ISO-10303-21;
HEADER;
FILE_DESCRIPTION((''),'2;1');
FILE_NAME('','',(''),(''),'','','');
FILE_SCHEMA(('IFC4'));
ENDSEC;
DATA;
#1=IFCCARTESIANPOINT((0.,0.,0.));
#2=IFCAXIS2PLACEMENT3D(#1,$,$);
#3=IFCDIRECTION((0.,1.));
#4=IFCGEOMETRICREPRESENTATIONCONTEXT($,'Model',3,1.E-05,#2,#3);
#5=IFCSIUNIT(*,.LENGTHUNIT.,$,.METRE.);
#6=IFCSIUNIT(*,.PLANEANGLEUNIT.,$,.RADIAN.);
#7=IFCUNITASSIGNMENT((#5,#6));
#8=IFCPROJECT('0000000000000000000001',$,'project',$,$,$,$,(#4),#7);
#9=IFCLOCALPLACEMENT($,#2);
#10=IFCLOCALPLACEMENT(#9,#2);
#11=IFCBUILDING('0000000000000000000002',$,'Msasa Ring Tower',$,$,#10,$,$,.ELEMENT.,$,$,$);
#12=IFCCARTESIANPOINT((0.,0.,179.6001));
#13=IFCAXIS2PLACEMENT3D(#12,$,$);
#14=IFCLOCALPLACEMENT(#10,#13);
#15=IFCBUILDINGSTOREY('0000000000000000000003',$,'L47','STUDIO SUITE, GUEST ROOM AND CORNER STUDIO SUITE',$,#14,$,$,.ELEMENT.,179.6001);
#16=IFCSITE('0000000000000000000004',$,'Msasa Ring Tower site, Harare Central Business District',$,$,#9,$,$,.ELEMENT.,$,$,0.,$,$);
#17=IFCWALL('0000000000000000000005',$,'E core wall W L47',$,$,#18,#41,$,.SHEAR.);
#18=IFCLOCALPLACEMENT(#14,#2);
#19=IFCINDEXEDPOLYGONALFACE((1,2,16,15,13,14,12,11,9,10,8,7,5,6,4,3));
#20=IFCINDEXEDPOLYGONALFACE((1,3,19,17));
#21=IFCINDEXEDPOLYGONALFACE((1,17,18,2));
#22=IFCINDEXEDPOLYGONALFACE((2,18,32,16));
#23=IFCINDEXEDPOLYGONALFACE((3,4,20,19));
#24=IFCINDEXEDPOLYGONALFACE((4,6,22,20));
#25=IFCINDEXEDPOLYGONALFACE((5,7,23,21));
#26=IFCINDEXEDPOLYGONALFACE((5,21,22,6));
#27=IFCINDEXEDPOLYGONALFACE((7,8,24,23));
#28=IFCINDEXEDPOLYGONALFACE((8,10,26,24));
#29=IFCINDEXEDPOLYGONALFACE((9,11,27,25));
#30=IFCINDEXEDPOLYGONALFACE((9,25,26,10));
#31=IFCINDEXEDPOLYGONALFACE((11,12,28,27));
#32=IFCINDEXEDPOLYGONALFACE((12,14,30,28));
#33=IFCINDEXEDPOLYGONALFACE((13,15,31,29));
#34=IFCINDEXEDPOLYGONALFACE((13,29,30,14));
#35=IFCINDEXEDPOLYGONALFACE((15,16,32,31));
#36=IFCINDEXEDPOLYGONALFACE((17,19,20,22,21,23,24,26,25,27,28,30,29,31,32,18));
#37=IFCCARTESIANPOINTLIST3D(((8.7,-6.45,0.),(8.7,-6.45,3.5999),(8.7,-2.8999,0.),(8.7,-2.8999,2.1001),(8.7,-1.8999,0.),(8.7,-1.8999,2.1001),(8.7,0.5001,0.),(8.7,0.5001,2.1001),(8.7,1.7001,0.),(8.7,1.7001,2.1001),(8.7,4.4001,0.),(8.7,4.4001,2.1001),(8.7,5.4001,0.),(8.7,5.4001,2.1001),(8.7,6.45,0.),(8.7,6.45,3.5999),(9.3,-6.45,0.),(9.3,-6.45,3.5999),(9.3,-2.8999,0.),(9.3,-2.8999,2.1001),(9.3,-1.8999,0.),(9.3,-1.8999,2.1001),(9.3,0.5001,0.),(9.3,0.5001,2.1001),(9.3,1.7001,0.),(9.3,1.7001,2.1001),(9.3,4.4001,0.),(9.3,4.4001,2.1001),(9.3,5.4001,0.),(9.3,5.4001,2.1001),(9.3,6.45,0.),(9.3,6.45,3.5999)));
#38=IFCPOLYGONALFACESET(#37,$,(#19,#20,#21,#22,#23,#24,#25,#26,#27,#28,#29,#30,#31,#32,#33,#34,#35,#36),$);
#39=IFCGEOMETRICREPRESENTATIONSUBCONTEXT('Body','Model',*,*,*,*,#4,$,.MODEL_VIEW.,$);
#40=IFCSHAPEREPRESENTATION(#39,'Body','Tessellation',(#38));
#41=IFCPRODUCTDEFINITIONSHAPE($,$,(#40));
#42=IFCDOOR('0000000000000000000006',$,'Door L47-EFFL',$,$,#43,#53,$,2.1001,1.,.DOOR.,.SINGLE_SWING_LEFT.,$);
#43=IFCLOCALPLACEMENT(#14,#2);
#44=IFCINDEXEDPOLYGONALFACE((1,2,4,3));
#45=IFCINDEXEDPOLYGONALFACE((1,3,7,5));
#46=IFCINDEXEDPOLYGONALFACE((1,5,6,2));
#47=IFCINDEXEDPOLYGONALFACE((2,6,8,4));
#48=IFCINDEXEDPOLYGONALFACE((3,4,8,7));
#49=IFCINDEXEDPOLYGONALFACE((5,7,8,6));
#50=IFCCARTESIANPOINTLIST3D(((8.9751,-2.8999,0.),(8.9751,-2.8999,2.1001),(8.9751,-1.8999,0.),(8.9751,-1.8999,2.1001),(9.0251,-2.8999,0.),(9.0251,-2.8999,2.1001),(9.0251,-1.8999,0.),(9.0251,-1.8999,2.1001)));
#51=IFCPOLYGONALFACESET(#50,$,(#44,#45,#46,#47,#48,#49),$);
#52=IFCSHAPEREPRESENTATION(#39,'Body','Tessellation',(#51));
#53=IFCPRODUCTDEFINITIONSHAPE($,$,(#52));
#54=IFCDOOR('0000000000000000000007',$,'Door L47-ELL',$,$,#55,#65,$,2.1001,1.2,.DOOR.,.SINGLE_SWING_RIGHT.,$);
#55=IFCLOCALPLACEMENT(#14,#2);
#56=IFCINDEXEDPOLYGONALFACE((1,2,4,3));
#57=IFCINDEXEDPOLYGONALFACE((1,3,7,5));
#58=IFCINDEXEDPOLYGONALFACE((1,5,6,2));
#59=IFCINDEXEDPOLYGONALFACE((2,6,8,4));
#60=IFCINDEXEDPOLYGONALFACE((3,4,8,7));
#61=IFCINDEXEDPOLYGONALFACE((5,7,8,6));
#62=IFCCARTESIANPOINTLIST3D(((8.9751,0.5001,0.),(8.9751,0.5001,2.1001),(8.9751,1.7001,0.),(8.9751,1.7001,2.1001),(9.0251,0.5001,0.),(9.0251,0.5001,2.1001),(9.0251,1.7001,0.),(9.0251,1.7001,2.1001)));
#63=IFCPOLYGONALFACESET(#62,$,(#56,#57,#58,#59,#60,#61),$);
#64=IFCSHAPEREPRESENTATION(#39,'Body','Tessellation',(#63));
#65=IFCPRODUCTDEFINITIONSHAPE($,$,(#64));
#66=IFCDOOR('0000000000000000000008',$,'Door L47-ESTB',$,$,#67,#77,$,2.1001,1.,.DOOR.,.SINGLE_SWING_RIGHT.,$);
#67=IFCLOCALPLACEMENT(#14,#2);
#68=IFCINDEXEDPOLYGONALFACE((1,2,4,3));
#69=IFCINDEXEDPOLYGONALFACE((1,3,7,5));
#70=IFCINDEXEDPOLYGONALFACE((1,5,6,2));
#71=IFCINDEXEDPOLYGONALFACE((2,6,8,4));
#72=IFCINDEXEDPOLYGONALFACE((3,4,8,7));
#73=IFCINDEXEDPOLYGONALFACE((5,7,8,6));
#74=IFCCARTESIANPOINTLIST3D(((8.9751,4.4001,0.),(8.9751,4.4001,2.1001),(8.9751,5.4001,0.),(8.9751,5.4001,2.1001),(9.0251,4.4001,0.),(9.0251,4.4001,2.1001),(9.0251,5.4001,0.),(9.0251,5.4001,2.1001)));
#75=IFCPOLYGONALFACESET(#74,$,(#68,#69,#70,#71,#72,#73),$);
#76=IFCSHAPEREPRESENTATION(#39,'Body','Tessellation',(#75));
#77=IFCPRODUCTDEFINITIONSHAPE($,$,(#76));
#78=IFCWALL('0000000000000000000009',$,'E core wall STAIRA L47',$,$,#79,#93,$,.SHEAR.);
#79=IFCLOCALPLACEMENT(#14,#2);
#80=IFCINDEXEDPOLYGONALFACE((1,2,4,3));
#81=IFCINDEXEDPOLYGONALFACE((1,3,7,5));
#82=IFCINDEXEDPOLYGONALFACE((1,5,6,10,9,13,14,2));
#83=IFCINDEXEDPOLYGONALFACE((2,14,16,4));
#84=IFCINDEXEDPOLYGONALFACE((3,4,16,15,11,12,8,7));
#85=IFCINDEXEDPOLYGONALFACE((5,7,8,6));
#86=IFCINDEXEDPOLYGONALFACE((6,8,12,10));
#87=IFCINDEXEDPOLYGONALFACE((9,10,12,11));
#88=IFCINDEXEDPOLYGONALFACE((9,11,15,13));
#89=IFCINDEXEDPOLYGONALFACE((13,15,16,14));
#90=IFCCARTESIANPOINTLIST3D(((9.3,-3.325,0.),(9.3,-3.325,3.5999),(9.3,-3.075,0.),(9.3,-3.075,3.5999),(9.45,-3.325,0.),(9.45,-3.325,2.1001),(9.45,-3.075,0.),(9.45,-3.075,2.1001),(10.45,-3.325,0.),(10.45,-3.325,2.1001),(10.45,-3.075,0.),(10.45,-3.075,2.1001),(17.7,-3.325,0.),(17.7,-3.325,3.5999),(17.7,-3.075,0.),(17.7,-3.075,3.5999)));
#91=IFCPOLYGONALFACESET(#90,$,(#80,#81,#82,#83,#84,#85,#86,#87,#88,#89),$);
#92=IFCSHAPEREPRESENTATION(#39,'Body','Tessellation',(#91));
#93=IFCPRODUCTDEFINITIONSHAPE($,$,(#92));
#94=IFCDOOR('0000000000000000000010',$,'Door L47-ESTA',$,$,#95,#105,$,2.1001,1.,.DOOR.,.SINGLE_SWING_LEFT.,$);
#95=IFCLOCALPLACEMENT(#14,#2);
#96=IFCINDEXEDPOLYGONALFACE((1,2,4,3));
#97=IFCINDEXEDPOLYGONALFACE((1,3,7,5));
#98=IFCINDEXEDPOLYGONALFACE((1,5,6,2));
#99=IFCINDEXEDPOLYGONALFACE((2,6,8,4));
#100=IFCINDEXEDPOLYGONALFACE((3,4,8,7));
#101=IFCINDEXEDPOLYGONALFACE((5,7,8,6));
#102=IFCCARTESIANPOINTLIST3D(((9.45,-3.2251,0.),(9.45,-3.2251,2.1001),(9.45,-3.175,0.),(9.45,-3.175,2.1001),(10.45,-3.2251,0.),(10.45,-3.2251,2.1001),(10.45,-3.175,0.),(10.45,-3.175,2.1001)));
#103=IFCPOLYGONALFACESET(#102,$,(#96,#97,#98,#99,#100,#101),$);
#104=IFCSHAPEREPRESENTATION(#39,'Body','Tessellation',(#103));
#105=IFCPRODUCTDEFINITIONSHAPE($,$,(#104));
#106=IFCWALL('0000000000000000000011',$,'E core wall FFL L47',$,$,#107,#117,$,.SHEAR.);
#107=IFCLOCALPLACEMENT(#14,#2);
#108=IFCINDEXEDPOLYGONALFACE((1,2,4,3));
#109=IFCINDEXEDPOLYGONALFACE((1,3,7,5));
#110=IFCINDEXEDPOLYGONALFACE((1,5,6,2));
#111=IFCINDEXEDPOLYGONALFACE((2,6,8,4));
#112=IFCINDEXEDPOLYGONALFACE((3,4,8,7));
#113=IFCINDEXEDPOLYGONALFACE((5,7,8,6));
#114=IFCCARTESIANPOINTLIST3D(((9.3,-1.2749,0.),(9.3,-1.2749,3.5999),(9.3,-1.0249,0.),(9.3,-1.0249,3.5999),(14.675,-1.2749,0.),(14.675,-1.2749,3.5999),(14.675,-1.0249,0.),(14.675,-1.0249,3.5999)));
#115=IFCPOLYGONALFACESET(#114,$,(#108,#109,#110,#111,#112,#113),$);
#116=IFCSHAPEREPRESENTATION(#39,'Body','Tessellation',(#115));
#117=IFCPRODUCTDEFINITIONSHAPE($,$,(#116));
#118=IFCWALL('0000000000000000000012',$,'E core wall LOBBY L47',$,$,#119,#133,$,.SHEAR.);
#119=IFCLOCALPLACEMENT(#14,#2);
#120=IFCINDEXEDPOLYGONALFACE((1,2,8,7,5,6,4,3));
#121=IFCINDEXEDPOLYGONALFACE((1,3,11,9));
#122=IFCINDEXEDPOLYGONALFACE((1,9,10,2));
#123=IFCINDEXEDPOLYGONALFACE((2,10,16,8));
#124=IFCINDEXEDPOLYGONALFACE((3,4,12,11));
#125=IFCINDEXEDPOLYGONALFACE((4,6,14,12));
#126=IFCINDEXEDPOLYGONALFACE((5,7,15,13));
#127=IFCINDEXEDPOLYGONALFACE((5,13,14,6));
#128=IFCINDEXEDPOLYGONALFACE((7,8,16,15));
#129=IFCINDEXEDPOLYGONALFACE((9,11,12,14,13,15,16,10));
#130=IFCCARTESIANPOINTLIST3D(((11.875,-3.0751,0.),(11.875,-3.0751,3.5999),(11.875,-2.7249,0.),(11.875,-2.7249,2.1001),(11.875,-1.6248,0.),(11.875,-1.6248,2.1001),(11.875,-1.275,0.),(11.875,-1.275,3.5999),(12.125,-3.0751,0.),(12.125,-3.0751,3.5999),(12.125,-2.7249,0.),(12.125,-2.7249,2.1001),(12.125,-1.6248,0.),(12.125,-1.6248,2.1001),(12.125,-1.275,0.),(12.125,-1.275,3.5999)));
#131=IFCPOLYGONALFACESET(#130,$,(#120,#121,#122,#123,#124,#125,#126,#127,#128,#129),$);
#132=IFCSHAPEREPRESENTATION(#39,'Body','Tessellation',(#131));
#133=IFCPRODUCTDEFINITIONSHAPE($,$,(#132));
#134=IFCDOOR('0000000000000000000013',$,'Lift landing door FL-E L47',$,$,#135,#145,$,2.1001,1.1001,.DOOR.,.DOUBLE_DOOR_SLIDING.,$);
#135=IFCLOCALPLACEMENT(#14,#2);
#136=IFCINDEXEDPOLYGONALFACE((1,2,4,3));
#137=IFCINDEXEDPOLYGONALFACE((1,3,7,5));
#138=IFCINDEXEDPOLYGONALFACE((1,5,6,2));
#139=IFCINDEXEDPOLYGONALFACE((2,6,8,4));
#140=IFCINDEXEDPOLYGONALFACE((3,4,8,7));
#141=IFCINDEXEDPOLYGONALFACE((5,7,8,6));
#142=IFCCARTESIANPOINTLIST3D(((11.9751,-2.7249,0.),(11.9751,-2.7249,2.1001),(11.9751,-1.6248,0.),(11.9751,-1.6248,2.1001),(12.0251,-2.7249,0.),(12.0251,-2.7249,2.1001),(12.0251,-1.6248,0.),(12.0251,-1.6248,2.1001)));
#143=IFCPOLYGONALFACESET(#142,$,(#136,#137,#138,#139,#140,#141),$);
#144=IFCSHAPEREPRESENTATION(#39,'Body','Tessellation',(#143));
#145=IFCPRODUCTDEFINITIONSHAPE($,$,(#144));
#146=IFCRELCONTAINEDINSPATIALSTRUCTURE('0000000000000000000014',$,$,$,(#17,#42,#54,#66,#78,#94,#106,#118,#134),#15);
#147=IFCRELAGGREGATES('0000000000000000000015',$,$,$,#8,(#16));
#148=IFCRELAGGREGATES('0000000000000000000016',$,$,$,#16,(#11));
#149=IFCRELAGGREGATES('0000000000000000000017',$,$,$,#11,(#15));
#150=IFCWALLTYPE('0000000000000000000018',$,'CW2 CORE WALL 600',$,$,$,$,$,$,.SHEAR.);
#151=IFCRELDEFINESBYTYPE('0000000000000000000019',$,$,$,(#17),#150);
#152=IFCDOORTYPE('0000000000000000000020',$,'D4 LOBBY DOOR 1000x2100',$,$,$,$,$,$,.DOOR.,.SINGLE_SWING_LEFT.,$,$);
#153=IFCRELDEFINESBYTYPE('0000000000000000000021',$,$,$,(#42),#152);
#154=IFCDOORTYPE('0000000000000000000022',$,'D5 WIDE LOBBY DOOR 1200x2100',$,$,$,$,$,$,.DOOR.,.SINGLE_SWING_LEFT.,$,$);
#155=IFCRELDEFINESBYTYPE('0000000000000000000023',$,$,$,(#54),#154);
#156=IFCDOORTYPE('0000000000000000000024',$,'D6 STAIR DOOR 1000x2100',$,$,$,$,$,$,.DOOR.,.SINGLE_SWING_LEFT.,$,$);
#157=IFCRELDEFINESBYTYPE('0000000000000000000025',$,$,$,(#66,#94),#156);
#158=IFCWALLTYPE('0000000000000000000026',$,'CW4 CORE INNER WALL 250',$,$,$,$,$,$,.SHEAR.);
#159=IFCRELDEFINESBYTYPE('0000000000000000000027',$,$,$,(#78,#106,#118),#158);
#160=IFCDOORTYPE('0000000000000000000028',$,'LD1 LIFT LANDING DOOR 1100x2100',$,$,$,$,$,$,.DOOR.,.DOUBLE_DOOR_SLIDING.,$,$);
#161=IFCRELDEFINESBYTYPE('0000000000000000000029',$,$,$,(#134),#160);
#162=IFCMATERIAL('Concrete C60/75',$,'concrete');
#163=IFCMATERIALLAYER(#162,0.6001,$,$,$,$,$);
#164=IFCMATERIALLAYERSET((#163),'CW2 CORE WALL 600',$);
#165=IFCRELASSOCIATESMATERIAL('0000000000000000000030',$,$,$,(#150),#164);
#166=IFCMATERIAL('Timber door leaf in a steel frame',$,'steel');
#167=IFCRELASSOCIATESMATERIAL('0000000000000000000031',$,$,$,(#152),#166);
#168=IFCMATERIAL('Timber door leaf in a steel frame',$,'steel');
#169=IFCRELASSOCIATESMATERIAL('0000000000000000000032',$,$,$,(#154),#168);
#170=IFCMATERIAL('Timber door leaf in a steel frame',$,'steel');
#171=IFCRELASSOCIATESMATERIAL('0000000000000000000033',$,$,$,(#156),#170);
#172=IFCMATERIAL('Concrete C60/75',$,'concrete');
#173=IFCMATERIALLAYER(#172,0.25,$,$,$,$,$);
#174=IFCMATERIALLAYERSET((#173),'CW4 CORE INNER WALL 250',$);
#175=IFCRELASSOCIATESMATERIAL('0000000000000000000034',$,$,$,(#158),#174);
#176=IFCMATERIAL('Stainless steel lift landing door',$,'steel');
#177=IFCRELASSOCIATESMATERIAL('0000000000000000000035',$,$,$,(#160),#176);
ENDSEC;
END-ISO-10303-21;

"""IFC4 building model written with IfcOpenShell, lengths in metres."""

from ifc_helpers import new_model, si_unit, direction, frame, frame_2d, origin, place, context, subcontext, project, spatial, rectangle, extrude, material, layer, layer_set, type_object, element, fill, save


model = new_model("IFC4")

# Units and contexts
model_context = context("Model", 3, precision=1e-05, world=origin(), true_north=direction((0.0, 1.0)))
body_context = subcontext(model_context, "Body", "Model", "MODEL_VIEW")
ifc_project = project(units=[si_unit("LENGTHUNIT", "METRE"), si_unit("PLANEANGLEUNIT", "RADIAN")], contexts=[model_context])

# Site, building, storey
site_placement = place(None, origin())
site = spatial("IfcSite", under=ifc_project, at=site_placement, Name="Msasa Ring Tower site, Harare Central Business District", CompositionType="ELEMENT", RefElevation=0.0)
building_placement = place(site_placement, origin())
building = spatial("IfcBuilding", under=site, at=building_placement, Name="Msasa Ring Tower", CompositionType="ELEMENT")
storey_placement = place(building_placement, frame((0.0, 0.0, 179.6001)))
storey = spatial("IfcBuildingStorey", under=building, at=storey_placement, Name="L47", Description="STUDIO SUITE, GUEST ROOM AND CORNER STUDIO SUITE", CompositionType="ELEMENT", Elevation=179.6001)

# Shared definitions
ifc_material_1 = material(Name="Concrete C60/75", Category="concrete")
ifc_layer_1 = layer(ifc_material_1, 0.6001)
ifc_layer_set_1 = layer_set([ifc_layer_1], Name="CW2 CORE WALL 600")
wall_type_1 = type_object("IfcWallType", Name="CW2 CORE WALL 600", PredefinedType="SHEAR", material=ifc_layer_set_1)

# Wall, openings, doors
wall_1_placement = place(storey_placement, frame((9.0, -6.45, 0.0), z_axis=(0.0, 0.0, 1.0), x_axis=(0.0, 1.0, 0.0)))
wall_1 = element("IfcWall", 1, at=wall_1_placement, inside=storey, type_object=wall_type_1, Name="E core wall W L47", PredefinedType="SHEAR", context=body_context, shape_type="SweptSolid", body=[
    extrude(rectangle(XDim=12.8999, YDim=0.6001, at=frame_2d((6.45, 0.0))), origin(), (0.0, 0.0, 1.0), 3.5999),
])
opening_1_placement = place(wall_1_placement, frame((3.55, 0.0, 0.0)))
opening_1 = element("IfcOpeningElement", 2, at=opening_1_placement, cuts=wall_1, PredefinedType="OPENING", context=body_context, shape_type="SweptSolid", body=[
    extrude(rectangle(XDim=1.0, YDim=2.1001, at=frame_2d((0.5, 1.05))), frame((0.0, 0.3101, 0.0), z_axis=(0.0, -1.0, 0.0), x_axis=(1.0, 0.0, 0.0)), (0.0, 0.0, 1.0), 0.6201),
])
opening_2_placement = place(wall_1_placement, frame((6.95, 0.0, 0.0)))
opening_2 = element("IfcOpeningElement", 3, at=opening_2_placement, cuts=wall_1, PredefinedType="OPENING", context=body_context, shape_type="SweptSolid", body=[
    extrude(rectangle(XDim=1.2, YDim=2.1001, at=frame_2d((0.6001, 1.05))), frame((0.0, 0.3101, 0.0), z_axis=(0.0, -1.0, 0.0), x_axis=(1.0, 0.0, 0.0)), (0.0, 0.0, 1.0), 0.6201),
])
opening_3_placement = place(wall_1_placement, frame((10.8501, 0.0, 0.0)))
opening_3 = element("IfcOpeningElement", 4, at=opening_3_placement, cuts=wall_1, PredefinedType="OPENING", context=body_context, shape_type="SweptSolid", body=[
    extrude(rectangle(XDim=1.0, YDim=2.1001, at=frame_2d((0.5, 1.05))), frame((0.0, 0.3101, 0.0), z_axis=(0.0, -1.0, 0.0), x_axis=(1.0, 0.0, 0.0)), (0.0, 0.0, 1.0), 0.6201),
])
ifc_material_2 = material(Name="Timber door leaf in a steel frame", Category="steel")
door_type_1 = type_object("IfcDoorType", Name="D4 LOBBY DOOR 1000x2100", OperationType="SINGLE_SWING_LEFT", PredefinedType="DOOR", material=ifc_material_2)
door_1_placement = place(opening_1_placement, origin())
door_1 = element("IfcDoor", 5, at=door_1_placement, inside=storey, type_object=door_type_1, Name="Door L47-EFFL", OperationType="SINGLE_SWING_LEFT", OverallHeight=2.1001, OverallWidth=1.0, PredefinedType="DOOR", context=body_context, shape_type="SweptSolid", body=[
    extrude(rectangle(XDim=1.0, YDim=2.1001, at=frame_2d((0.5, 1.05))), frame((0.0, 0.0249, 0.0), z_axis=(0.0, -1.0, 0.0), x_axis=(1.0, 0.0, 0.0)), (0.0, 0.0, 1.0), 0.05),
])
fill(opening_1, door_1)
ifc_material_3 = material(Name="Timber door leaf in a steel frame", Category="steel")
door_type_2 = type_object("IfcDoorType", Name="D5 WIDE LOBBY DOOR 1200x2100", OperationType="SINGLE_SWING_LEFT", PredefinedType="DOOR", material=ifc_material_3)
door_2_placement = place(opening_2_placement, origin())
door_2 = element("IfcDoor", 6, at=door_2_placement, inside=storey, type_object=door_type_2, Name="Door L47-ELL", OperationType="SINGLE_SWING_RIGHT", OverallHeight=2.1001, OverallWidth=1.2, PredefinedType="DOOR", context=body_context, shape_type="SweptSolid", body=[
    extrude(rectangle(XDim=1.2, YDim=2.1001, at=frame_2d((0.6001, 1.05))), frame((0.0, 0.0249, 0.0), z_axis=(0.0, -1.0, 0.0), x_axis=(1.0, 0.0, 0.0)), (0.0, 0.0, 1.0), 0.05),
])
fill(opening_2, door_2)
ifc_material_4 = material(Name="Timber door leaf in a steel frame", Category="steel")
door_type_3 = type_object("IfcDoorType", Name="D6 STAIR DOOR 1000x2100", OperationType="SINGLE_SWING_LEFT", PredefinedType="DOOR", material=ifc_material_4)
door_3_placement = place(opening_3_placement, origin())
door_3 = element("IfcDoor", 7, at=door_3_placement, inside=storey, type_object=door_type_3, Name="Door L47-ESTB", OperationType="SINGLE_SWING_RIGHT", OverallHeight=2.1001, OverallWidth=1.0, PredefinedType="DOOR", context=body_context, shape_type="SweptSolid", body=[
    extrude(rectangle(XDim=1.0, YDim=2.1001, at=frame_2d((0.5, 1.05))), frame((0.0, 0.0249, 0.0), z_axis=(0.0, -1.0, 0.0), x_axis=(1.0, 0.0, 0.0)), (0.0, 0.0, 1.0), 0.05),
])
fill(opening_3, door_3)

# Wall, opening, door
ifc_material_5 = material(Name="Concrete C60/75", Category="concrete")
ifc_layer_2 = layer(ifc_material_5, 0.25)
ifc_layer_set_2 = layer_set([ifc_layer_2], Name="CW4 CORE INNER WALL 250")
wall_type_2 = type_object("IfcWallType", Name="CW4 CORE INNER WALL 250", PredefinedType="SHEAR", material=ifc_layer_set_2)
wall_2_placement = place(storey_placement, frame((9.3, -3.2, 0.0), z_axis=(0.0, 0.0, 1.0), x_axis=(1.0, 0.0, 0.0)))
wall_2 = element("IfcWall", 8, at=wall_2_placement, inside=storey, type_object=wall_type_2, Name="E core wall STAIRA L47", PredefinedType="SHEAR", context=body_context, shape_type="SweptSolid", body=[
    extrude(rectangle(XDim=8.3999, YDim=0.25, at=frame_2d((4.2, 0.0))), origin(), (0.0, 0.0, 1.0), 3.5999),
])
opening_4_placement = place(wall_2_placement, frame((0.1499, 0.0, 0.0)))
opening_4 = element("IfcOpeningElement", 9, at=opening_4_placement, cuts=wall_2, PredefinedType="OPENING", context=body_context, shape_type="SweptSolid", body=[
    extrude(rectangle(XDim=1.0, YDim=2.1001, at=frame_2d((0.5, 1.05))), frame((0.0, 0.135, 0.0), z_axis=(0.0, -1.0, 0.0), x_axis=(1.0, 0.0, 0.0)), (0.0, 0.0, 1.0), 0.27),
])
door_4_placement = place(opening_4_placement, origin())
door_4 = element("IfcDoor", 10, at=door_4_placement, inside=storey, type_object=door_type_3, Name="Door L47-ESTA", OperationType="SINGLE_SWING_LEFT", OverallHeight=2.1001, OverallWidth=1.0, PredefinedType="DOOR", context=body_context, shape_type="SweptSolid", body=[
    extrude(rectangle(XDim=1.0, YDim=2.1001, at=frame_2d((0.5, 1.05))), frame((0.0, 0.0249, 0.0), z_axis=(0.0, -1.0, 0.0), x_axis=(1.0, 0.0, 0.0)), (0.0, 0.0, 1.0), 0.05),
])
fill(opening_4, door_4)

# Wall
wall_3_placement = place(storey_placement, frame((9.3, -1.1499, 0.0), z_axis=(0.0, 0.0, 1.0), x_axis=(1.0, 0.0, 0.0)))
element("IfcWall", 11, at=wall_3_placement, inside=storey, type_object=wall_type_2, Name="E core wall FFL L47", PredefinedType="SHEAR", context=body_context, shape_type="SweptSolid", body=[
    extrude(rectangle(XDim=5.375, YDim=0.25, at=frame_2d((2.6875, 0.0))), origin(), (0.0, 0.0, 1.0), 3.5999),
])

# Wall, opening, door
wall_4_placement = place(storey_placement, frame((12.0, -3.075, 0.0), z_axis=(0.0, 0.0, 1.0), x_axis=(0.0, 1.0, 0.0)))
wall_4 = element("IfcWall", 12, at=wall_4_placement, inside=storey, type_object=wall_type_2, Name="E core wall LOBBY L47", PredefinedType="SHEAR", context=body_context, shape_type="SweptSolid", body=[
    extrude(rectangle(XDim=1.8, YDim=0.25, at=frame_2d((0.8999, 0.0))), origin(), (0.0, 0.0, 1.0), 3.5999),
])
opening_5_placement = place(wall_4_placement, frame((0.3501, 0.0, 0.0)))
opening_5 = element("IfcOpeningElement", 13, at=opening_5_placement, cuts=wall_4, PredefinedType="OPENING", context=body_context, shape_type="SweptSolid", body=[
    extrude(rectangle(XDim=1.1001, YDim=2.1001, at=frame_2d((0.55, 1.05))), frame((0.0, 0.135, 0.0), z_axis=(0.0, -1.0, 0.0), x_axis=(1.0, 0.0, 0.0)), (0.0, 0.0, 1.0), 0.27),
])
ifc_material_6 = material(Name="Stainless steel lift landing door", Category="steel")
door_type_4 = type_object("IfcDoorType", Name="LD1 LIFT LANDING DOOR 1100x2100", OperationType="DOUBLE_DOOR_SLIDING", PredefinedType="DOOR", material=ifc_material_6)
door_5_placement = place(opening_5_placement, origin())
door_5 = element("IfcDoor", 14, at=door_5_placement, inside=storey, type_object=door_type_4, Name="Lift landing door FL-E L47", OperationType="DOUBLE_DOOR_SLIDING", OverallHeight=2.1001, OverallWidth=1.1001, PredefinedType="DOOR", context=body_context, shape_type="SweptSolid", body=[
    extrude(rectangle(XDim=1.1001, YDim=2.1001, at=frame_2d((0.55, 1.05))), frame((0.0, 0.0249, 0.0), z_axis=(0.0, -1.0, 0.0), x_axis=(1.0, 0.0, 0.0)), (0.0, 0.0, 1.0), 0.05),
])
fill(opening_5, door_5)

save(model, "model.ifc")
